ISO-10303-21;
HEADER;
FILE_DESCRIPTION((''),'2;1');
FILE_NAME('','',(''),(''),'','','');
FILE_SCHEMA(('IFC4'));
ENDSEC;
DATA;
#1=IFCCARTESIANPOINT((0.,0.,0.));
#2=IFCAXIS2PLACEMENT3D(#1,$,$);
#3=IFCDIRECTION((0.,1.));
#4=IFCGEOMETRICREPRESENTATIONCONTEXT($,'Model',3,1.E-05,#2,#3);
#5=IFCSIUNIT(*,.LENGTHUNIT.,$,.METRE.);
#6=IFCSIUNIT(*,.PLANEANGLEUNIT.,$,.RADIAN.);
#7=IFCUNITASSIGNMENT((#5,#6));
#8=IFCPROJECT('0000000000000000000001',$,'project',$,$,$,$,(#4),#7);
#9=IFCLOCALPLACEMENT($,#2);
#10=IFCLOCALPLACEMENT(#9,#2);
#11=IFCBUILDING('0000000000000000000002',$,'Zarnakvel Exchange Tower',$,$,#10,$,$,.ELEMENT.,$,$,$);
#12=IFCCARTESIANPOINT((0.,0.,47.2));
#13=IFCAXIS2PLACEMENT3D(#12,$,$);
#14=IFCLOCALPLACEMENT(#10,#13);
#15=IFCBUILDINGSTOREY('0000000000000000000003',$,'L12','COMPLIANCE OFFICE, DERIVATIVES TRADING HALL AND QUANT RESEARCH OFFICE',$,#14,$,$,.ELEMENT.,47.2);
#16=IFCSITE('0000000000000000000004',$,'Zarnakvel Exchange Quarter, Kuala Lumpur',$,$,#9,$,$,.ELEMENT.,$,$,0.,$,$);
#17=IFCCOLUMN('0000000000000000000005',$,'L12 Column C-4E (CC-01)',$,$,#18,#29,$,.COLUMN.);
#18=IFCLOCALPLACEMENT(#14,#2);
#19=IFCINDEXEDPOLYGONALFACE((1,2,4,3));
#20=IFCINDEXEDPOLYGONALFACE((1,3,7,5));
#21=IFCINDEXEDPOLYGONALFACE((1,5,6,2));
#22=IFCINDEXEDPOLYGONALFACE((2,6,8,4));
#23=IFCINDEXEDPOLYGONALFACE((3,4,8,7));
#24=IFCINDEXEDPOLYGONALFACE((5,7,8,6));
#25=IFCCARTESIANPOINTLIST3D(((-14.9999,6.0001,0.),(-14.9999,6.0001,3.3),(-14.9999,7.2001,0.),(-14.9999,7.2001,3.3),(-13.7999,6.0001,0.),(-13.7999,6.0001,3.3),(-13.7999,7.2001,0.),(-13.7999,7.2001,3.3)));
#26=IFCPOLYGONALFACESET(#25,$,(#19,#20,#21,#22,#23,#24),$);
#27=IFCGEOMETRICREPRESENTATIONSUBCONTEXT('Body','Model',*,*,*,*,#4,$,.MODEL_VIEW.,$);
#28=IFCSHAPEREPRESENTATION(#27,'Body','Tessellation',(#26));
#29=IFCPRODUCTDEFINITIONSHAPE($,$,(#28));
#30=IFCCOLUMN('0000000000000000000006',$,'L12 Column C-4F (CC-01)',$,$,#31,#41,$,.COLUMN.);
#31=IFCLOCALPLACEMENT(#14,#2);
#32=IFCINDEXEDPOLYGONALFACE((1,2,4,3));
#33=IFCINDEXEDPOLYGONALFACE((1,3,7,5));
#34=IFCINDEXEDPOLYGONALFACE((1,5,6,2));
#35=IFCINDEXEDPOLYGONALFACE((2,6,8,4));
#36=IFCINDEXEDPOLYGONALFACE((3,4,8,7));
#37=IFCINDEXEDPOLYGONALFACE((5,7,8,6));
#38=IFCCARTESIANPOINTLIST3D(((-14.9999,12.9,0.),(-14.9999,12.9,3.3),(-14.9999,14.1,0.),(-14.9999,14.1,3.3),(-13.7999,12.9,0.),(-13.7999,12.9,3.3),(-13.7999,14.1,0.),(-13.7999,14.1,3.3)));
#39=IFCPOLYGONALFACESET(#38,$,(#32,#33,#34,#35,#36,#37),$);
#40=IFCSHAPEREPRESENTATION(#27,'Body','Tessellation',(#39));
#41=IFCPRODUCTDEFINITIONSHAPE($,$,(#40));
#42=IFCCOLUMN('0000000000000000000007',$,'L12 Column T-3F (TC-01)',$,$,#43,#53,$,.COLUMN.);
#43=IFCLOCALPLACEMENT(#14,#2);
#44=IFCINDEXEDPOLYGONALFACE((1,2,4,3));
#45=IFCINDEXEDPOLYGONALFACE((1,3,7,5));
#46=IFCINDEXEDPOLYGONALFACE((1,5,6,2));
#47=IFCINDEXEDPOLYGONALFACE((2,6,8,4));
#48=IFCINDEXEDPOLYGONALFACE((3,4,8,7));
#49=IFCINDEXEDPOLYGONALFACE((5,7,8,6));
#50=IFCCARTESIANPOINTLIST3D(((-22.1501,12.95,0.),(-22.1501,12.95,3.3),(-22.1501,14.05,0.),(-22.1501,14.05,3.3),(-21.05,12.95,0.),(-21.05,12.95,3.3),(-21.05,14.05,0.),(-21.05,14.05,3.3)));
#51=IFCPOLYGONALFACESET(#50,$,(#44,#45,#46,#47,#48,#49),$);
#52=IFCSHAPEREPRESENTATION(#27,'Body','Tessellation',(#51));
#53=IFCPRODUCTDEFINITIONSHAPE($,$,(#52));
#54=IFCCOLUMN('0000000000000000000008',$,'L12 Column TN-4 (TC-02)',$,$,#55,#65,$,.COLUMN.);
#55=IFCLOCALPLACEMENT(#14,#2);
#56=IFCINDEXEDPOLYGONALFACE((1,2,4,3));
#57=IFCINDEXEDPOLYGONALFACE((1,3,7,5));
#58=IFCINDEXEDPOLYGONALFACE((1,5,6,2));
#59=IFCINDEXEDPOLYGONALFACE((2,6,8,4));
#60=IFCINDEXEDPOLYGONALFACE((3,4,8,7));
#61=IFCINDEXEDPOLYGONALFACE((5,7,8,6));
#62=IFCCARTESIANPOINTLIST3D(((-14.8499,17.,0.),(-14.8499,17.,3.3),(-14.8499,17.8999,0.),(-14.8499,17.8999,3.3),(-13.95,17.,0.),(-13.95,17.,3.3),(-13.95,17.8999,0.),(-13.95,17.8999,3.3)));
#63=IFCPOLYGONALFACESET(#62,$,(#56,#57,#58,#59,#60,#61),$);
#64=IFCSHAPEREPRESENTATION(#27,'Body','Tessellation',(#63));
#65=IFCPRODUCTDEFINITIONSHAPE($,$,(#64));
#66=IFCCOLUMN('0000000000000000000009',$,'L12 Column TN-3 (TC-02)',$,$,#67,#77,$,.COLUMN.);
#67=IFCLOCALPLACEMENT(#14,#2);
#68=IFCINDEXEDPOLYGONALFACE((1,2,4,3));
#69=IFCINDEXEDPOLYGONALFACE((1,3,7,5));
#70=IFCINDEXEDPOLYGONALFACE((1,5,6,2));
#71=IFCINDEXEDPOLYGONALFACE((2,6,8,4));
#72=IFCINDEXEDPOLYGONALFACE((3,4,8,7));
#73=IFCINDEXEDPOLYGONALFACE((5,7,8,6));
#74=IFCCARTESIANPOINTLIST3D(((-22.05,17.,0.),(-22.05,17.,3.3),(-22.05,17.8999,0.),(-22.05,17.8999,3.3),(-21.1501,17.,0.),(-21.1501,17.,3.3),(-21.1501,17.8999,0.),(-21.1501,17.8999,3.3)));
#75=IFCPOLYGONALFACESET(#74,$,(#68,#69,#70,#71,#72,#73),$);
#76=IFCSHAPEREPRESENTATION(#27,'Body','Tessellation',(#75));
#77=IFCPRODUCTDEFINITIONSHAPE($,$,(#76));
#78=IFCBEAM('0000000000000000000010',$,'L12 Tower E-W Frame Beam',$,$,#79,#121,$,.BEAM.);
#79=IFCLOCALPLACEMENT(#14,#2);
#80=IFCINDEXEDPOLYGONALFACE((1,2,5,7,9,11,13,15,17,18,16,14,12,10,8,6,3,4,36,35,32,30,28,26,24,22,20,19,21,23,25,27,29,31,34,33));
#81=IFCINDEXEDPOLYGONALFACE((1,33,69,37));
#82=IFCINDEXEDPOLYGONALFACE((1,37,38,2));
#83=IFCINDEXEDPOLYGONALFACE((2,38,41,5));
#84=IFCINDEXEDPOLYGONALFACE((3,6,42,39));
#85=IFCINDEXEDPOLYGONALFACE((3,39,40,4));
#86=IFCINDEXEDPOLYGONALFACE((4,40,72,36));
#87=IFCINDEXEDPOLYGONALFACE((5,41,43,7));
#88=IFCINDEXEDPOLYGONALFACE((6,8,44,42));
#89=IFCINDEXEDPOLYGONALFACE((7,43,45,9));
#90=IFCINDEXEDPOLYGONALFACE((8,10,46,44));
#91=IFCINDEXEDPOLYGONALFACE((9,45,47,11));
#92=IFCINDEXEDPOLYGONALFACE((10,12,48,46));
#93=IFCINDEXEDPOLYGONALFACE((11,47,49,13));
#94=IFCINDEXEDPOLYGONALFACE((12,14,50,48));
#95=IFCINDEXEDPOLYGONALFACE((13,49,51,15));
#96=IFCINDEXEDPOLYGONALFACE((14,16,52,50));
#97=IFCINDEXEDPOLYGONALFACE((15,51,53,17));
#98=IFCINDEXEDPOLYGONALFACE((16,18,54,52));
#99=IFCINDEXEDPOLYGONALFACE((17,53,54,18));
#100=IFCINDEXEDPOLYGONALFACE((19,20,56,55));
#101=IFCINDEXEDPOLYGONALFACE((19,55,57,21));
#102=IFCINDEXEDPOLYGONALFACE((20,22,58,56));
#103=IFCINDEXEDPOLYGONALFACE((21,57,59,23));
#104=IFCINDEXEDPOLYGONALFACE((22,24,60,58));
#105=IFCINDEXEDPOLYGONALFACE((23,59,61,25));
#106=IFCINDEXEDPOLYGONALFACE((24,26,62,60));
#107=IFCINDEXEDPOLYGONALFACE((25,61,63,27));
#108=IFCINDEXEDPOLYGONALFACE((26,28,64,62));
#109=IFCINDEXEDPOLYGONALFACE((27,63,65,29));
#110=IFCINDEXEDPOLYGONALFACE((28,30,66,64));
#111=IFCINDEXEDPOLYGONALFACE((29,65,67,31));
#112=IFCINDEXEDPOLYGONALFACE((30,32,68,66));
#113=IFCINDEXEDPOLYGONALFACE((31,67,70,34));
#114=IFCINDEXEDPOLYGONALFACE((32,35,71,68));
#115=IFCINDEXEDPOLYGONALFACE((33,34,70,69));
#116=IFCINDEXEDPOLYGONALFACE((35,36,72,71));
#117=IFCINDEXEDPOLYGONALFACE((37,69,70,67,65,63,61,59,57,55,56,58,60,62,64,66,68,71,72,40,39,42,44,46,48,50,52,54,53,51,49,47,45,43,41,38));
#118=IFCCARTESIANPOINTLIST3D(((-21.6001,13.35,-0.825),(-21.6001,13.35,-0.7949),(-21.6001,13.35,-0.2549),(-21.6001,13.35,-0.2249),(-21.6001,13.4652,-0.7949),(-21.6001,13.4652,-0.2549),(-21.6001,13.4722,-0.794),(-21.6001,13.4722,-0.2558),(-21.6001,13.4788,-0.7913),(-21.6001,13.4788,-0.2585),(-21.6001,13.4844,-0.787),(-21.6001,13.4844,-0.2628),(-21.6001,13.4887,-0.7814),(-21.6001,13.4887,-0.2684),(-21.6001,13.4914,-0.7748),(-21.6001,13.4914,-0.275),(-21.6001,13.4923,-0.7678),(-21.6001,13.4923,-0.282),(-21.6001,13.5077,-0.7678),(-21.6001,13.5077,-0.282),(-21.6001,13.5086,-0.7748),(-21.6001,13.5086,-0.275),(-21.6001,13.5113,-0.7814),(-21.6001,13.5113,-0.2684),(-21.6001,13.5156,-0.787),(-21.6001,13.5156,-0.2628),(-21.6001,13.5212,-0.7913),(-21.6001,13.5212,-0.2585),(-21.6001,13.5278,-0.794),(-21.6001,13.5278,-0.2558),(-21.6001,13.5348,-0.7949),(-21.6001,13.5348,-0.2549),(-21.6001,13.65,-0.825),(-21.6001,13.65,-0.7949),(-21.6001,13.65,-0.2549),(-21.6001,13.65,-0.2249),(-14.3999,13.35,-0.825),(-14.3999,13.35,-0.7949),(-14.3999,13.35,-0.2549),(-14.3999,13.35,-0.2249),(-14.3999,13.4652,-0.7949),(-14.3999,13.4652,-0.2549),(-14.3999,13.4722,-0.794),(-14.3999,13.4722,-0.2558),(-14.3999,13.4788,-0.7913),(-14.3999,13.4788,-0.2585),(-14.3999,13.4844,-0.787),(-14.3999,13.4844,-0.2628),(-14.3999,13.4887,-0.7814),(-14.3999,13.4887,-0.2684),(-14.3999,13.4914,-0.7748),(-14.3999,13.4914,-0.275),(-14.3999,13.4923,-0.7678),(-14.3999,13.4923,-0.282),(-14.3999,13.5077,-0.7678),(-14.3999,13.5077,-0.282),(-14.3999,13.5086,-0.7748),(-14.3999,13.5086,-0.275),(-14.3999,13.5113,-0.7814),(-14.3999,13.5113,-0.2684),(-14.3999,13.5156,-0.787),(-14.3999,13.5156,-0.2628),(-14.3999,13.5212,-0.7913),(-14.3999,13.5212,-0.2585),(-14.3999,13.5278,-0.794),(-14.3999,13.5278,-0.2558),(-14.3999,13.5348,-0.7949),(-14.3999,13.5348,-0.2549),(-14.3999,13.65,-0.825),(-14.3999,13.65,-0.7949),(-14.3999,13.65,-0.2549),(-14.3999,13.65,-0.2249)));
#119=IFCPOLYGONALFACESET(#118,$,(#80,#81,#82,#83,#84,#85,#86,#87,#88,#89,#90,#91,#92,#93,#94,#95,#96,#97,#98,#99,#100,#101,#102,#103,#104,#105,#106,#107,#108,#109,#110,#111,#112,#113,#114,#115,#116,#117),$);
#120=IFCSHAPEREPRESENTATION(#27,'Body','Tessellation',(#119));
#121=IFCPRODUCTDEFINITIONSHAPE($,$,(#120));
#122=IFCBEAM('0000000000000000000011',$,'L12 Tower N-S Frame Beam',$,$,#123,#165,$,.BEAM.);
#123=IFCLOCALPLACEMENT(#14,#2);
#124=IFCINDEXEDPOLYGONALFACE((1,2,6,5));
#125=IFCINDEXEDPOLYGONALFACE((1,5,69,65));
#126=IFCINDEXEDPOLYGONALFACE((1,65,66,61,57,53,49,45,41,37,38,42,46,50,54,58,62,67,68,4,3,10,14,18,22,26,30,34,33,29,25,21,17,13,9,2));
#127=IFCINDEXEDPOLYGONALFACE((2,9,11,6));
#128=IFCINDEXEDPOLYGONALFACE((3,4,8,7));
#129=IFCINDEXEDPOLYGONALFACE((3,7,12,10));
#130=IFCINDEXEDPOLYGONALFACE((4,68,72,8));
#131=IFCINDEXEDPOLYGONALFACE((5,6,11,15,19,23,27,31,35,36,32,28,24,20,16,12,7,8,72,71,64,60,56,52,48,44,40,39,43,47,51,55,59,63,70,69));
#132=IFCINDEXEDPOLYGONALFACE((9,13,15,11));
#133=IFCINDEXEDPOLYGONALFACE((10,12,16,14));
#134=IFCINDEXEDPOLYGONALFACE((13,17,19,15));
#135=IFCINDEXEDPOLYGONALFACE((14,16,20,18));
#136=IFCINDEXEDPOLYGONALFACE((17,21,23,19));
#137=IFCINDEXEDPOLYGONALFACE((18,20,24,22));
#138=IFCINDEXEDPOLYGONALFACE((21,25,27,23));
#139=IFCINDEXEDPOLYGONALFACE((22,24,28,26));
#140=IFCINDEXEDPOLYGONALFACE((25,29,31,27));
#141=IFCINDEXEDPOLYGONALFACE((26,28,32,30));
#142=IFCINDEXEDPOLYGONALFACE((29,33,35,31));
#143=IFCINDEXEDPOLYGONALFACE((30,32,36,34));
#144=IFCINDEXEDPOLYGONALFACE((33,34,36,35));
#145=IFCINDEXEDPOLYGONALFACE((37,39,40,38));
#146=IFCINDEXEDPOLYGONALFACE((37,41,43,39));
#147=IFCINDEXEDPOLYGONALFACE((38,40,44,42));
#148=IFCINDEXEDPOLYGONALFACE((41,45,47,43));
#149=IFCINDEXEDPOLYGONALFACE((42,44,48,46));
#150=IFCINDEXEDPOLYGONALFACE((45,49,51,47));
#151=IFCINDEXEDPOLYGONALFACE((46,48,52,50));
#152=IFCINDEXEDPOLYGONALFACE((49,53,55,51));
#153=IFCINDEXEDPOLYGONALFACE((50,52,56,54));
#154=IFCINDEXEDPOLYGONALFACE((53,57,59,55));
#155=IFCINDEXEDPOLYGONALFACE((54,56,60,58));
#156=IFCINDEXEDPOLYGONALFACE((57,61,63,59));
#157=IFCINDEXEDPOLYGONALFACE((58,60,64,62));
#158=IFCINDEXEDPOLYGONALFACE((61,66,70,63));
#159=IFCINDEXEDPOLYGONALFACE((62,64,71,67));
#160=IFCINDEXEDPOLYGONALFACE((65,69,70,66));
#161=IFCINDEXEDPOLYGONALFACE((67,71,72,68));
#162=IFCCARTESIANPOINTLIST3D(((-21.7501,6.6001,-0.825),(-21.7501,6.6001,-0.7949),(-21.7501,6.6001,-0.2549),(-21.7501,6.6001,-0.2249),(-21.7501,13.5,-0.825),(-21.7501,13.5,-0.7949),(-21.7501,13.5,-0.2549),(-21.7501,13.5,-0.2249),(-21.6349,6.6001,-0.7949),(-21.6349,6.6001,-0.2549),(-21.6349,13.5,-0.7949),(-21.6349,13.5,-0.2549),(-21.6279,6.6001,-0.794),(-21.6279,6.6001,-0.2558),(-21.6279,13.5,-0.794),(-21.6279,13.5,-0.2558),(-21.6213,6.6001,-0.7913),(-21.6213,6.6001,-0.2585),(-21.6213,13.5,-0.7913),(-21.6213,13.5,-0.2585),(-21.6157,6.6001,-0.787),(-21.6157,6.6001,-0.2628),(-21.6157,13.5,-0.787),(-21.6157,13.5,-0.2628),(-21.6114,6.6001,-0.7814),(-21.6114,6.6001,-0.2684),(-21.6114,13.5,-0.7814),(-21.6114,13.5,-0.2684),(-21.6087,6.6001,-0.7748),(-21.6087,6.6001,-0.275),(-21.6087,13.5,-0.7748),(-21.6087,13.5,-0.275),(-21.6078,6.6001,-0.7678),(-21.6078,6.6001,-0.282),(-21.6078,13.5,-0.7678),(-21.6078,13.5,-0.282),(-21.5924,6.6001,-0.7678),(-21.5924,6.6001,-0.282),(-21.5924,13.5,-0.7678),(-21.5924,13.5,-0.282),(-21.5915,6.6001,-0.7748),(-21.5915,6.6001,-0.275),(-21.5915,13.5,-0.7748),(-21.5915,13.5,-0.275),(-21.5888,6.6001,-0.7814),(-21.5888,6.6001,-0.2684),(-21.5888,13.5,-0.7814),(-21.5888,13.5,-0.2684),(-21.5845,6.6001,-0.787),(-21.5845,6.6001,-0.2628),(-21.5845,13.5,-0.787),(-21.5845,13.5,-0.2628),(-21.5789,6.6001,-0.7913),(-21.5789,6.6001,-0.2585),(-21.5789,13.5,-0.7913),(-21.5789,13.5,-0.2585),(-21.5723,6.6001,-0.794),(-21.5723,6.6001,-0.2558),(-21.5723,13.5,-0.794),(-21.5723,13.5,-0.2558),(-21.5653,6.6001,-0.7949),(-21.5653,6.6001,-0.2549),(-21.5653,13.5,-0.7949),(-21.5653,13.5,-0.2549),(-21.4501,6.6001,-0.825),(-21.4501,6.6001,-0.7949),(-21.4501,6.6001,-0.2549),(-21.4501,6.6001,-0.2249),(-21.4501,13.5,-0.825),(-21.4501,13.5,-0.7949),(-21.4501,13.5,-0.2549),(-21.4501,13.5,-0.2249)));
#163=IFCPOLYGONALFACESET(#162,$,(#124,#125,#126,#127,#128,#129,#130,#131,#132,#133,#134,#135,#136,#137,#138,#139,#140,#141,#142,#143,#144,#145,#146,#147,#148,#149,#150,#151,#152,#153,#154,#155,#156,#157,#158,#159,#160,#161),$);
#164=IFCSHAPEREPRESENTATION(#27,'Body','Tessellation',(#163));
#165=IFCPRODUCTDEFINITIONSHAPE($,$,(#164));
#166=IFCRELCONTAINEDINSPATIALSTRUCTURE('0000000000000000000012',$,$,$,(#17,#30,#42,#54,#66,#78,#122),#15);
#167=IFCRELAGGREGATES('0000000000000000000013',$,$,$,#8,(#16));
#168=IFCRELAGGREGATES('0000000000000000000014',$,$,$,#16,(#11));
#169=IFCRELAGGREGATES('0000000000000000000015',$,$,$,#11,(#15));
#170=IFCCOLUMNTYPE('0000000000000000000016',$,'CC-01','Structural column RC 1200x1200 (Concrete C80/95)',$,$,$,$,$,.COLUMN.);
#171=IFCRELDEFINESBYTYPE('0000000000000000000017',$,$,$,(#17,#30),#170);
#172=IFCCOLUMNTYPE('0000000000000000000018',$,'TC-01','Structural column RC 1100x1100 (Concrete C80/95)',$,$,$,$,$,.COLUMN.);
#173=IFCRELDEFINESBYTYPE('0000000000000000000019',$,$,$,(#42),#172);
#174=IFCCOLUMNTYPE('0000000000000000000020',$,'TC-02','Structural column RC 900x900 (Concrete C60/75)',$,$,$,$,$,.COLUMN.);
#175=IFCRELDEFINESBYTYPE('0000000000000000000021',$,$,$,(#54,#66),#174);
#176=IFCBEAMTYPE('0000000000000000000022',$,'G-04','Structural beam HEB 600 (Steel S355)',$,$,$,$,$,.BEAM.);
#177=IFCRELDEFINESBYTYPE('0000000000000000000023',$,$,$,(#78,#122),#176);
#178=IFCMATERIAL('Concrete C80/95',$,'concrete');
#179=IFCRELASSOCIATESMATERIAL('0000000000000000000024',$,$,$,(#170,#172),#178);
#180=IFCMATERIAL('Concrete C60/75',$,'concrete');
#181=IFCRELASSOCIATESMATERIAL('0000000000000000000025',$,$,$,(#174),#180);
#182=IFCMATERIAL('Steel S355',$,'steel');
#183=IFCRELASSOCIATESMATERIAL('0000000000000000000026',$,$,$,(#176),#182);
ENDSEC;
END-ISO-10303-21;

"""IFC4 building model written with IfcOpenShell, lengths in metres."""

from ifc_helpers import new_model, si_unit, direction, frame, origin, origin_2d, place, context, subcontext, project, spatial, rectangle, i_section, extrude, material, material_profile, profile_set, type_object, element, save


model = new_model("IFC4")

# Units and contexts
model_context = context("Model", 3, precision=1e-05, world=origin(), true_north=direction((0.0, 1.0)))
body_context = subcontext(model_context, "Body", "Model", "MODEL_VIEW")
ifc_project = project(units=[si_unit("LENGTHUNIT", "METRE"), si_unit("PLANEANGLEUNIT", "RADIAN")], contexts=[model_context])

# Site, building, storey
site_placement = place(None, origin())
site = spatial("IfcSite", under=ifc_project, at=site_placement, Name="Zarnakvel Exchange Quarter, Kuala Lumpur", CompositionType="ELEMENT", RefElevation=0.0)
building_placement = place(site_placement, origin())
building = spatial("IfcBuilding", under=site, at=building_placement, Name="Zarnakvel Exchange Tower", CompositionType="ELEMENT")
storey_placement = place(building_placement, frame((0.0, 0.0, 47.2)))
storey = spatial("IfcBuildingStorey", under=building, at=storey_placement, Name="L12", Description="COMPLIANCE OFFICE, DERIVATIVES TRADING HALL AND QUANT RESEARCH OFFICE", CompositionType="ELEMENT", Elevation=47.2)

# Columns
ifc_material_1 = material(Name="Concrete C80/95", Category="concrete")
ifc_material_profile_1 = material_profile(ifc_material_1, rectangle(XDim=1.2, YDim=1.2, at=origin_2d()))
ifc_profile_set_1 = profile_set([ifc_material_profile_1], Name="Concrete C80/95")
column_type_1 = type_object("IfcColumnType", Name="CC-01", Description="Structural column RC 1200x1200 (Concrete C80/95)", PredefinedType="COLUMN", material=ifc_profile_set_1)
for number, where, z_axis, x_axis, name in (
    (1, (-14.3999, 6.6001, 0.0), (0.0, 0.0, 1.0), (1.0, 0.0, 0.0), "L12 Column C-4E (CC-01)"),
    (2, (-14.3999, 13.5, 0.0), (0.0, 0.0, 1.0), (1.0, 0.0, 0.0), "L12 Column C-4F (CC-01)"),
):
    element("IfcColumn", number, at=place(storey_placement, frame(where, z_axis=z_axis, x_axis=x_axis)), inside=storey, type_object=column_type_1, Name=name, PredefinedType="COLUMN", context=body_context, shape_type="SweptSolid", body=[
        extrude(rectangle(XDim=1.2, YDim=1.2, at=origin_2d()), origin(), (0.0, 0.0, 1.0), 3.3),
    ])
ifc_material_profile_2 = material_profile(ifc_material_1, rectangle(XDim=1.1001, YDim=1.1001, at=origin_2d()))
ifc_profile_set_2 = profile_set([ifc_material_profile_2], Name="Concrete C80/95")
column_type_2 = type_object("IfcColumnType", Name="TC-01", Description="Structural column RC 1100x1100 (Concrete C80/95)", PredefinedType="COLUMN", material=ifc_profile_set_2)
column_placement = place(storey_placement, frame((-21.6001, 13.5, 0.0), z_axis=(0.0, 0.0, 1.0), x_axis=(1.0, 0.0, 0.0)))
element("IfcColumn", 3, at=column_placement, inside=storey, type_object=column_type_2, Name="L12 Column T-3F (TC-01)", PredefinedType="COLUMN", context=body_context, shape_type="SweptSolid", body=[
    extrude(rectangle(XDim=1.1001, YDim=1.1001, at=origin_2d()), origin(), (0.0, 0.0, 1.0), 3.3),
])
ifc_material_2 = material(Name="Concrete C60/75", Category="concrete")
ifc_material_profile_3 = material_profile(ifc_material_2, rectangle(XDim=0.8999, YDim=0.8999, at=origin_2d()))
ifc_profile_set_3 = profile_set([ifc_material_profile_3], Name="Concrete C60/75")
column_type_3 = type_object("IfcColumnType", Name="TC-02", Description="Structural column RC 900x900 (Concrete C60/75)", PredefinedType="COLUMN", material=ifc_profile_set_3)
for number, where, z_axis, x_axis, name in (
    (4, (-14.3999, 17.45, 0.0), (0.0, 0.0, 1.0), (1.0, 0.0, 0.0), "L12 Column TN-4 (TC-02)"),
    (5, (-21.6001, 17.45, 0.0), (0.0, 0.0, 1.0), (1.0, 0.0, 0.0), "L12 Column TN-3 (TC-02)"),
):
    element("IfcColumn", number, at=place(storey_placement, frame(where, z_axis=z_axis, x_axis=x_axis)), inside=storey, type_object=column_type_3, Name=name, PredefinedType="COLUMN", context=body_context, shape_type="SweptSolid", body=[
        extrude(rectangle(XDim=0.8999, YDim=0.8999, at=origin_2d()), origin(), (0.0, 0.0, 1.0), 3.3),
    ])

# Beams
ifc_material_3 = material(Name="Steel S355", Category="steel")
ifc_material_profile_4 = material_profile(ifc_material_3, i_section(OverallWidth=0.3, OverallDepth=0.6001, WebThickness=0.0154, FlangeThickness=0.03, FilletRadius=0.0271, at=origin_2d()))
ifc_profile_set_4 = profile_set([ifc_material_profile_4], Name="Steel S355")
beam_type_1 = type_object("IfcBeamType", Name="G-04", Description="Structural beam HEB 600 (Steel S355)", PredefinedType="BEAM", material=ifc_profile_set_4)
beam_1_placement = place(storey_placement, frame((-21.6001, 13.5, -0.5249), z_axis=(1.0, 0.0, 0.0), x_axis=(0.0, 1.0, 0.0)))
element("IfcBeam", 6, at=beam_1_placement, inside=storey, type_object=beam_type_1, Name="L12 Tower E-W Frame Beam", PredefinedType="BEAM", context=body_context, shape_type="SweptSolid", body=[
    extrude(i_section(OverallWidth=0.3, OverallDepth=0.6001, WebThickness=0.0154, FlangeThickness=0.03, FilletRadius=0.0271, at=origin_2d()), origin(), (0.0, 0.0, 1.0), 7.2002),
])
beam_2_placement = place(storey_placement, frame((-21.6001, 6.6001, -0.5249), z_axis=(0.0, 1.0, 0.0), x_axis=(-1.0, 0.0, 0.0)))
element("IfcBeam", 7, at=beam_2_placement, inside=storey, type_object=beam_type_1, Name="L12 Tower N-S Frame Beam", PredefinedType="BEAM", context=body_context, shape_type="SweptSolid", body=[
    extrude(i_section(OverallWidth=0.3, OverallDepth=0.6001, WebThickness=0.0154, FlangeThickness=0.03, FilletRadius=0.0271, at=origin_2d()), origin(), (0.0, 0.0, 1.0), 6.8999),
])

save(model, "model.ifc")
